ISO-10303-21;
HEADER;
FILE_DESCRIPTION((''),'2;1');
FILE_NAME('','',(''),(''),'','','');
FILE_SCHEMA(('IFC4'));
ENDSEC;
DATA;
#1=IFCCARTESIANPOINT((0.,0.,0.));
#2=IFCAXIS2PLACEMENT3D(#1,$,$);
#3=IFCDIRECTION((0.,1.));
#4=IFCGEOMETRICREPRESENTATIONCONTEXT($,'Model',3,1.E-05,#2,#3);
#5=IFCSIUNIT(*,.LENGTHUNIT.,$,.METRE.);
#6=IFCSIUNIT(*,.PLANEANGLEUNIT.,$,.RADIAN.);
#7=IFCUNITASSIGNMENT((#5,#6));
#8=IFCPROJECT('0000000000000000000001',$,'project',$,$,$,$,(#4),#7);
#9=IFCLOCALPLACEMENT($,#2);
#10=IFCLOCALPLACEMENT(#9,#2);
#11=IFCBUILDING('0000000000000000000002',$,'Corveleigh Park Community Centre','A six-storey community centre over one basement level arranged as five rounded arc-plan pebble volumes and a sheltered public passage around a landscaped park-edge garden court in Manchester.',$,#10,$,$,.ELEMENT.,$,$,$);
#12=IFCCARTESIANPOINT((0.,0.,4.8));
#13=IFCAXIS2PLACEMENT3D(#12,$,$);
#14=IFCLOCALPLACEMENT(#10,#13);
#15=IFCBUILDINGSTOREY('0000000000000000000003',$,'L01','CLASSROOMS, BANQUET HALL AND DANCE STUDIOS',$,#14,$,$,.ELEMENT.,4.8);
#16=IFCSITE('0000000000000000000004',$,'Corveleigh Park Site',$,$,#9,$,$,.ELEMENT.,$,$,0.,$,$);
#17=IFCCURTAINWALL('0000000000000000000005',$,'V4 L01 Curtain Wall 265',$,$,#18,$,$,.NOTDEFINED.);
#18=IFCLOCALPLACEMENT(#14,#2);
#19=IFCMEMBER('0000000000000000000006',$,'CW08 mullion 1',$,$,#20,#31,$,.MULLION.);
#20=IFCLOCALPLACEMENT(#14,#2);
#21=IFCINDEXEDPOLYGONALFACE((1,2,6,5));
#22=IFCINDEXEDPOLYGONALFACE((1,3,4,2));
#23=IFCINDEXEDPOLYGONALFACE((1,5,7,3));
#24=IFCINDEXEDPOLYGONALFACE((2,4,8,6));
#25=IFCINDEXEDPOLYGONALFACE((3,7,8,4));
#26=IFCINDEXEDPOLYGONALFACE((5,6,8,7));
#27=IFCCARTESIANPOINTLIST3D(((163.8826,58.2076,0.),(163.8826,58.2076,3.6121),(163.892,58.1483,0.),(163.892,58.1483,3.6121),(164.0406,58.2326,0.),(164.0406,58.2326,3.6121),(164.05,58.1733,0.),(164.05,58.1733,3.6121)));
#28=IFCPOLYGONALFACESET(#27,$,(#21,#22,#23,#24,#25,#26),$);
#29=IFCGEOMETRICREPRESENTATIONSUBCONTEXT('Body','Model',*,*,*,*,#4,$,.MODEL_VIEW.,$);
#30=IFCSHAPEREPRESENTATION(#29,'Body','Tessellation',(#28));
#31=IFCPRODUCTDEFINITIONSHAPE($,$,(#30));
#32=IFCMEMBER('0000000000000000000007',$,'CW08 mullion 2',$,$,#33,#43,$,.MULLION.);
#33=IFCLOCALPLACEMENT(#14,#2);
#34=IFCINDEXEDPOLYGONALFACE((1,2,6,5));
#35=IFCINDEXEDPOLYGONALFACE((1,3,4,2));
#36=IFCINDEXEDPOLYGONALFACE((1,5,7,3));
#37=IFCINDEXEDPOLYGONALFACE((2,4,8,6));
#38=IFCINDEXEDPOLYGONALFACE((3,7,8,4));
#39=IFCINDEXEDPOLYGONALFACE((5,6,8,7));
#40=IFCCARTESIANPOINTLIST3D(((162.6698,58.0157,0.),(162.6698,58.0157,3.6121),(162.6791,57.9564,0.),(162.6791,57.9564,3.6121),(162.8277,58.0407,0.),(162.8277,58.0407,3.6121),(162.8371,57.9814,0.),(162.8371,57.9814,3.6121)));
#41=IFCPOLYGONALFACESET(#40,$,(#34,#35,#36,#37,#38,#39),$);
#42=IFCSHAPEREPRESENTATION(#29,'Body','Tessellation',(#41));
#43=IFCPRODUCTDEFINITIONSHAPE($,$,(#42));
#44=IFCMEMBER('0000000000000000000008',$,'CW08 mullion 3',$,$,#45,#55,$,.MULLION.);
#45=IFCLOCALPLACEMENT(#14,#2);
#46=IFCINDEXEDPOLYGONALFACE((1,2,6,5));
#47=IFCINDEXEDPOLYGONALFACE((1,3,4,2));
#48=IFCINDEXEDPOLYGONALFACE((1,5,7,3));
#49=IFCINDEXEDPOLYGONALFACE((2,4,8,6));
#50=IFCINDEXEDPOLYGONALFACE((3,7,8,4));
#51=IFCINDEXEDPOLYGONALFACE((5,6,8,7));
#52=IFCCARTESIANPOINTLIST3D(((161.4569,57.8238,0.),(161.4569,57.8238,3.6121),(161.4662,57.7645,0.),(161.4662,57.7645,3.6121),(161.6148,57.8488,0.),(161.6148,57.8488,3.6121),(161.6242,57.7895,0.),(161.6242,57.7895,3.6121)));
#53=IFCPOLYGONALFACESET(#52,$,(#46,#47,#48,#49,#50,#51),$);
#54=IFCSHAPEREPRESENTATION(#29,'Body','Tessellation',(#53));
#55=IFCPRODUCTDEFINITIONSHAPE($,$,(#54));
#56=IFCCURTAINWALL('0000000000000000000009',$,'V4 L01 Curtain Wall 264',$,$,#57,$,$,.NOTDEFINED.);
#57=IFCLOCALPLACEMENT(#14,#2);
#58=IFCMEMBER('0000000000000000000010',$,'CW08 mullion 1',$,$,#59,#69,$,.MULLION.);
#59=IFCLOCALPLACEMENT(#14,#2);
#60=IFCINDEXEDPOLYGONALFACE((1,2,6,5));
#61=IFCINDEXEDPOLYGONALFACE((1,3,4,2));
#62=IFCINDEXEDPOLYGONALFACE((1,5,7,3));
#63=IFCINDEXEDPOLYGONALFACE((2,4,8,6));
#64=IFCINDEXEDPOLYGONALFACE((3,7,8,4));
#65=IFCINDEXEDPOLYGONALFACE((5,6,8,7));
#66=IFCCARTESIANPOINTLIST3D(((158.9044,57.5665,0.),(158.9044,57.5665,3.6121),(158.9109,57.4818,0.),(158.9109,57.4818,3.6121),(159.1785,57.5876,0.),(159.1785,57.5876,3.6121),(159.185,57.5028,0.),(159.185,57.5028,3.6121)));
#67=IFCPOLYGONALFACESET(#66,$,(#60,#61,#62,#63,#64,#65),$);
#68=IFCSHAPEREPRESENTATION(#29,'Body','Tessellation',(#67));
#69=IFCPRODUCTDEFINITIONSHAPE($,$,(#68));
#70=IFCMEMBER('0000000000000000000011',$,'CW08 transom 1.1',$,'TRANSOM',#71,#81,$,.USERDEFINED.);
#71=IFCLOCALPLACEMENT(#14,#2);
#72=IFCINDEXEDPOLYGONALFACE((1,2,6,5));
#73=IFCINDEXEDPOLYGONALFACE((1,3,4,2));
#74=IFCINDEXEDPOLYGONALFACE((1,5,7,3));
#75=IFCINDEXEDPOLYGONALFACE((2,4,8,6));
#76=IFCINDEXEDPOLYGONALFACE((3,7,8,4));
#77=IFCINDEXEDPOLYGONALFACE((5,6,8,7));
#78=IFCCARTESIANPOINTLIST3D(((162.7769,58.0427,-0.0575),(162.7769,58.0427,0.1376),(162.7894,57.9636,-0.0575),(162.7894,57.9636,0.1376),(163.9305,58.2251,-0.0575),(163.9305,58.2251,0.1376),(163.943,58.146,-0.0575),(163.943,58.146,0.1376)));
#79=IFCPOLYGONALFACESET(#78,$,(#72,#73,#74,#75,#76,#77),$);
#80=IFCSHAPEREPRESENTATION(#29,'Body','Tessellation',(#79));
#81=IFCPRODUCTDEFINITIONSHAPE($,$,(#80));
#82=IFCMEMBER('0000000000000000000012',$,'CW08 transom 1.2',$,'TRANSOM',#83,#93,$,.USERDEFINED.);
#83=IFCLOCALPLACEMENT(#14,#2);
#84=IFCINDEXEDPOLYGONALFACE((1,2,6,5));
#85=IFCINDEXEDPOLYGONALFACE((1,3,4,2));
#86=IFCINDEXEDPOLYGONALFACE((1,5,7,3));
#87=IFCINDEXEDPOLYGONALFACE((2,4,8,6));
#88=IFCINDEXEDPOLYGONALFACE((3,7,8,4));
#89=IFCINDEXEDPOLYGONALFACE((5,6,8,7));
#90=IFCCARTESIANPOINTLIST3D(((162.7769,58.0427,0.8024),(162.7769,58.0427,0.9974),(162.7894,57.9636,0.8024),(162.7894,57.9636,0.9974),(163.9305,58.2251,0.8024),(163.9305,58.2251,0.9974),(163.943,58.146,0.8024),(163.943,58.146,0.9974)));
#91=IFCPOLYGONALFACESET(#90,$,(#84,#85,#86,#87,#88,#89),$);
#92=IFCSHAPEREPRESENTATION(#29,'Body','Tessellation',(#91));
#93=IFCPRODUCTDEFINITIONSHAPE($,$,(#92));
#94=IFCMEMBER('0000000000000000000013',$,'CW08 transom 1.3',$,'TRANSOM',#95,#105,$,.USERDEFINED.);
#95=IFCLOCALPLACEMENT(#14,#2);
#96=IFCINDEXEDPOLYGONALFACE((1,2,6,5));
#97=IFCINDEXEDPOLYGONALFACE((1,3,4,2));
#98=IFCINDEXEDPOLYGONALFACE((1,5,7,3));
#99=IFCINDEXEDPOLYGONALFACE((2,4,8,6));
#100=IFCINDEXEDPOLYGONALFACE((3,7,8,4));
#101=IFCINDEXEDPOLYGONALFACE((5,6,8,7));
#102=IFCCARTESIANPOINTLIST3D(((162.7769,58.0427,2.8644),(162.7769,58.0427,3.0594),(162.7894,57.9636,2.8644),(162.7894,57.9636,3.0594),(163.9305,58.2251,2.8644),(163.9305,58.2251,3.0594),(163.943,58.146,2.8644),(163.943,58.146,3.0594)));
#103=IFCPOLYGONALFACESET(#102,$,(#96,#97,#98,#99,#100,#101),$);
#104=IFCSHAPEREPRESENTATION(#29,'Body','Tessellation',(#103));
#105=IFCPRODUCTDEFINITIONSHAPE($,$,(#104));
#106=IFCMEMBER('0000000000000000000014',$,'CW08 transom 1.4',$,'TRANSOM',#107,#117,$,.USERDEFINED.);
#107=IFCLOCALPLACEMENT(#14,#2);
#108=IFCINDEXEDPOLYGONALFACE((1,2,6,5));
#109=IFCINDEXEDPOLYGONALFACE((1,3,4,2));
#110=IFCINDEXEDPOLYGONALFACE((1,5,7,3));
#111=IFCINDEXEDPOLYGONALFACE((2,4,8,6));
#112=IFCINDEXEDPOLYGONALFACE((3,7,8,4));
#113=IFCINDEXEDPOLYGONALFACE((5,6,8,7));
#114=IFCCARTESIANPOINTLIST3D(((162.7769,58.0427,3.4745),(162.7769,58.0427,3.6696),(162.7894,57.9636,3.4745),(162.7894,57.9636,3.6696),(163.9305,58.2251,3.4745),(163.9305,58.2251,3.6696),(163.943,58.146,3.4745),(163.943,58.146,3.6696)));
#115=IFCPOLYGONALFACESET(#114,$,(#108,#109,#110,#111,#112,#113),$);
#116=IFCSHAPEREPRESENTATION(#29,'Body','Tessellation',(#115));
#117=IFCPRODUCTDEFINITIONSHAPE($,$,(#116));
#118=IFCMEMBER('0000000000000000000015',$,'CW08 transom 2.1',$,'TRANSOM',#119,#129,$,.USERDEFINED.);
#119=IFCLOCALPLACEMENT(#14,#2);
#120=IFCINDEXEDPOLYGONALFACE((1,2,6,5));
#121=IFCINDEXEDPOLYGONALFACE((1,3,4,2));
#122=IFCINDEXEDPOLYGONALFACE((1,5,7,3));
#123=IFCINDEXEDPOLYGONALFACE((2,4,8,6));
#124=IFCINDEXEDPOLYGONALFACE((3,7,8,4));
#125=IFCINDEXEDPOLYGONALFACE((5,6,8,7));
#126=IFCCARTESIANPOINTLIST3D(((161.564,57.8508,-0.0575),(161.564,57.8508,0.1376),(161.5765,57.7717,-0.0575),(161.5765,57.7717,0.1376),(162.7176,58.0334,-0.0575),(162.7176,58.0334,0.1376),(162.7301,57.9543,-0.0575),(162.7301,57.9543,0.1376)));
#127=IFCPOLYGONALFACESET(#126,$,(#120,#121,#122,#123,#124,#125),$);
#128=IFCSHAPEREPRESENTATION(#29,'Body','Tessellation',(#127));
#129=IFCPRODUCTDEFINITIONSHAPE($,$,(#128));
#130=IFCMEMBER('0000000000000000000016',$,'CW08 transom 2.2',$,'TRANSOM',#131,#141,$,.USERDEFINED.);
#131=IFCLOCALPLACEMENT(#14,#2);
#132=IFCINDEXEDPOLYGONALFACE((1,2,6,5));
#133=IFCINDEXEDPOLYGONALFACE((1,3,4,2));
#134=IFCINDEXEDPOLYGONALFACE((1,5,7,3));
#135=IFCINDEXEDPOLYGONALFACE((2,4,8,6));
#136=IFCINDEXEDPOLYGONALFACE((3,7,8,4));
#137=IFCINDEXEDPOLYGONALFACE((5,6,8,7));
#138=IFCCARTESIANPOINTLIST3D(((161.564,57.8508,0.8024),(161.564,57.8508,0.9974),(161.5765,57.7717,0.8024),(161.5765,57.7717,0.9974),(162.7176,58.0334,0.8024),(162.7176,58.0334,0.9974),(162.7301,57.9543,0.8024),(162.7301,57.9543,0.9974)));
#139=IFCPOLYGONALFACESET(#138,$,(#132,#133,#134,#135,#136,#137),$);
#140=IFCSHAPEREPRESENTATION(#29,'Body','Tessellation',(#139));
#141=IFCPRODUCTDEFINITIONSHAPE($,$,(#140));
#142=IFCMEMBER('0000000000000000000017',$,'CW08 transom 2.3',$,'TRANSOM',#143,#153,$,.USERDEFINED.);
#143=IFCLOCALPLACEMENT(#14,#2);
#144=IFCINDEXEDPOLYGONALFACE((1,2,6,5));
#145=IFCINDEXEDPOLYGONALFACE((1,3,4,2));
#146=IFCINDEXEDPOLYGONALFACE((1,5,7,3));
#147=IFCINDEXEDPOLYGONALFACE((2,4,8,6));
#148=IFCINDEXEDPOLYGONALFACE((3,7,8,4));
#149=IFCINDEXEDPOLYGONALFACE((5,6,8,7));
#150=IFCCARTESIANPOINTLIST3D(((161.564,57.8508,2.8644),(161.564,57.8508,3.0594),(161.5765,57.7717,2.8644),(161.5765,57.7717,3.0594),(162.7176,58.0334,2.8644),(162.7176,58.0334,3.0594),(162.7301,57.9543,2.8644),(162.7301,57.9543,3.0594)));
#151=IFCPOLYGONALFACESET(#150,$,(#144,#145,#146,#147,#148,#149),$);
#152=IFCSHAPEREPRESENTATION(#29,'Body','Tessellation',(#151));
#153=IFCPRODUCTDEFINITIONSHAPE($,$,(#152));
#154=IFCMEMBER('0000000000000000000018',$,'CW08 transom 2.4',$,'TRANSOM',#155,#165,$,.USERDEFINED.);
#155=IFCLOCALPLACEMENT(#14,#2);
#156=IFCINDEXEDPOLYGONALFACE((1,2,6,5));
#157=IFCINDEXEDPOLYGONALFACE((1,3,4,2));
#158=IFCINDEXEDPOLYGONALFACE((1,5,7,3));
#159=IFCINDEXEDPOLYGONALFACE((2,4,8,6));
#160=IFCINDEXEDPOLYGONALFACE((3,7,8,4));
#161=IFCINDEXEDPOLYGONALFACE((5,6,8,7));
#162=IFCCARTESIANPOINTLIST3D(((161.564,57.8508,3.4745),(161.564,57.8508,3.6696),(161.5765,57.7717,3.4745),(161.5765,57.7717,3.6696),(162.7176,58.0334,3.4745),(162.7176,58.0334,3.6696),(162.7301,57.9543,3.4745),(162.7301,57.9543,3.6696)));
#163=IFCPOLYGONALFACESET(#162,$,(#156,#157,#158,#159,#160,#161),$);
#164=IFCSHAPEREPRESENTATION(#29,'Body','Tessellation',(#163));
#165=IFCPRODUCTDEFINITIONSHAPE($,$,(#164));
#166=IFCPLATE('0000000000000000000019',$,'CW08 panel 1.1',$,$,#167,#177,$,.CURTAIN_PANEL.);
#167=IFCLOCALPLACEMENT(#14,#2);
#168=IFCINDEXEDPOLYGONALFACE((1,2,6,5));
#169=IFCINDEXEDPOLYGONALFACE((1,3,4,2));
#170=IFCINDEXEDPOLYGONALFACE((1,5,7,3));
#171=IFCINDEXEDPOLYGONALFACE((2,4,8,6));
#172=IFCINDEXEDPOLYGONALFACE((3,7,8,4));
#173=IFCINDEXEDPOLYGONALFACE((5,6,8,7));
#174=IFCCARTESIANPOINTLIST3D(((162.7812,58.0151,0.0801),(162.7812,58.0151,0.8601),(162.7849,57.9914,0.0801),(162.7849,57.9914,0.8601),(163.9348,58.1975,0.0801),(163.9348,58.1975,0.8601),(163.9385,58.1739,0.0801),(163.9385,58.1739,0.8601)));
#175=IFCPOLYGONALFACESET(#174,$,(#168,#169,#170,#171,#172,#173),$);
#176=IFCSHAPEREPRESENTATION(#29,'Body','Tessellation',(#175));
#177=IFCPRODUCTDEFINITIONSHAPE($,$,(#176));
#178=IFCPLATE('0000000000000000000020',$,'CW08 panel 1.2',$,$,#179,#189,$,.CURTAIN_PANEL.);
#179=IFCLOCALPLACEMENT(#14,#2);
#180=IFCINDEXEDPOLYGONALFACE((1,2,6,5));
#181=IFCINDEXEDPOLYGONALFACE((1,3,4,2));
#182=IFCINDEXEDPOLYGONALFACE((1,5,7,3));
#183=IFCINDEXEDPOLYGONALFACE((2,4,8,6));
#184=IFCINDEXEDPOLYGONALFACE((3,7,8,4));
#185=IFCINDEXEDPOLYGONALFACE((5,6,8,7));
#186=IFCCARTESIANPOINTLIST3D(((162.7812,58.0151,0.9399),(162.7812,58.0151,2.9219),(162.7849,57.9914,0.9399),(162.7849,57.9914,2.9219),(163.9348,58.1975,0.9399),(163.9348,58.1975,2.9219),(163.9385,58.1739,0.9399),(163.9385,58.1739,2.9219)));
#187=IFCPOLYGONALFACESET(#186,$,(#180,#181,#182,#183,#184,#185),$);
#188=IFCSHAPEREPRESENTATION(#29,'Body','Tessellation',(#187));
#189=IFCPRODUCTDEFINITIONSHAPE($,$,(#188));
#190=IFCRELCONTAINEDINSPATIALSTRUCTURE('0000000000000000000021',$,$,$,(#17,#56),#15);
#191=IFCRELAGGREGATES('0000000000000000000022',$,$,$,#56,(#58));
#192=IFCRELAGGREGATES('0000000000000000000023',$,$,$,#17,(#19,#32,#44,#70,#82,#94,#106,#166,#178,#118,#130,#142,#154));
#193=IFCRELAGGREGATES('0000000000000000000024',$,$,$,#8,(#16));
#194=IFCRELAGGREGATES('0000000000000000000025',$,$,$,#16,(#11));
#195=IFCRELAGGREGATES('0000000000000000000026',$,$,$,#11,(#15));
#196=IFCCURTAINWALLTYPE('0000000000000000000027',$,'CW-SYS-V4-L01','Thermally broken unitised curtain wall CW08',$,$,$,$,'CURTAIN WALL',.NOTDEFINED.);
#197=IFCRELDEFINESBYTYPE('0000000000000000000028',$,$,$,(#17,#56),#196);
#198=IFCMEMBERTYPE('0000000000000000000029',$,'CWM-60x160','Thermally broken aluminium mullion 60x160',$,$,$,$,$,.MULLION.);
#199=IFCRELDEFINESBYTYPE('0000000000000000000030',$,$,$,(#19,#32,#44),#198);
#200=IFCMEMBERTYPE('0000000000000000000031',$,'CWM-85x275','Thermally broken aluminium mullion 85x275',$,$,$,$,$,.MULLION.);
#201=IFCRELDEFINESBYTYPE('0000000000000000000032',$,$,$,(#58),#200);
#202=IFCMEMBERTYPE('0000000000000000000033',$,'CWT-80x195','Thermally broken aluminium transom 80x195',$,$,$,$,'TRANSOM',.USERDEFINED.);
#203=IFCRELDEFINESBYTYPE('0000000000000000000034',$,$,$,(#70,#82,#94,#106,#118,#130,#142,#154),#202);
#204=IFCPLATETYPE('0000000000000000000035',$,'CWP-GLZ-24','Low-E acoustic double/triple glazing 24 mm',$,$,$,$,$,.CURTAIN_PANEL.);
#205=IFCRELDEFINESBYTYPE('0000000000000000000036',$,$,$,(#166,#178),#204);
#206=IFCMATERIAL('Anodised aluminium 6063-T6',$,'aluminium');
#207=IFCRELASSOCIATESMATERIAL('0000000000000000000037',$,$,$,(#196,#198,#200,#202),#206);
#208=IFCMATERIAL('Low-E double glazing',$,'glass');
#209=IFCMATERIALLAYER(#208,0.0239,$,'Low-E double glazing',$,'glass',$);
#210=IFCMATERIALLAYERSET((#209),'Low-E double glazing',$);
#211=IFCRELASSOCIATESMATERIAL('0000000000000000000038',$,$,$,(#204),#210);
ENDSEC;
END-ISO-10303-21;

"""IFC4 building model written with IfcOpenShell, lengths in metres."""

from ifc_helpers import new_model, si_unit, direction, frame, origin, origin_2d, place, context, subcontext, project, spatial, rectangle, extrude, material, layer, layer_set, material_profile, profile_set, type_object, element, aggregate, save


model = new_model("IFC4")

# Units and contexts
model_context = context("Model", 3, precision=1e-05, world=origin(), true_north=direction((0.0, 1.0)))
body_context = subcontext(model_context, "Body", "Model", "MODEL_VIEW")
ifc_project = project(units=[si_unit("LENGTHUNIT", "METRE"), si_unit("PLANEANGLEUNIT", "RADIAN")], contexts=[model_context])

# Site, building, storey
site_placement = place(None, origin())
site = spatial("IfcSite", under=ifc_project, at=site_placement, Name="Corveleigh Park Site", CompositionType="ELEMENT", RefElevation=0.0)
building_placement = place(site_placement, origin())
building = spatial("IfcBuilding", under=site, at=building_placement, Name="Corveleigh Park Community Centre", Description="A six-storey community centre over one basement level arranged as five rounded arc-plan pebble volumes and a sheltered public passage around a landscaped park-edge garden court in Manchester.", CompositionType="ELEMENT")
storey_placement = place(building_placement, frame((0.0, 0.0, 4.8)))
storey = spatial("IfcBuildingStorey", under=building, at=storey_placement, Name="L01", Description="CLASSROOMS, BANQUET HALL AND DANCE STUDIOS", CompositionType="ELEMENT", Elevation=4.8)

# Curtain wall, members
ifc_material_1 = material(Name="Anodised aluminium 6063-T6", Category="aluminium")
curtain_wall_type = type_object("IfcCurtainWallType", Name="CW-SYS-V4-L01", Description="Thermally broken unitised curtain wall CW08", ElementType="CURTAIN WALL", PredefinedType="NOTDEFINED", material=ifc_material_1)
curtain_wall_1_placement = place(storey_placement, origin())
curtain_wall_1 = element("IfcCurtainWall", 1, at=curtain_wall_1_placement, inside=storey, type_object=curtain_wall_type, Name="V4 L01 Curtain Wall 265", PredefinedType="NOTDEFINED")
ifc_material_profile_1 = material_profile(ifc_material_1, rectangle(XDim=0.0601, YDim=0.1599, at=origin_2d()), Name="ALU-M60x160", Category="aluminium")
ifc_profile_set_1 = profile_set([ifc_material_profile_1], Name="Anodised aluminium 6063-T6")
member_type_1 = type_object("IfcMemberType", Name="CWM-60x160", Description="Thermally broken aluminium mullion 60x160", PredefinedType="MULLION", material=ifc_profile_set_1)
member_1_placement = place(storey_placement, frame((163.9663, 58.1904, 0.0), z_axis=(0.0, 0.0, 1.0), x_axis=(0.156207, -0.987724, 0.0)))
member_1 = element("IfcMember", 2, at=member_1_placement, type_object=member_type_1, Name="CW08 mullion 1", PredefinedType="MULLION", context=body_context, shape_type="SweptSolid", body=[
    extrude(rectangle(XDim=0.0601, YDim=0.1599, at=origin_2d()), origin(), (0.0, 0.0, 1.0), 3.6121),
])
member_2_placement = place(storey_placement, frame((162.7534, 57.9985, 0.0), z_axis=(0.0, 0.0, 1.0), x_axis=(0.156207, -0.987724, 0.0)))
member_2 = element("IfcMember", 3, at=member_2_placement, type_object=member_type_1, Name="CW08 mullion 2", PredefinedType="MULLION", context=body_context, shape_type="SweptSolid", body=[
    extrude(rectangle(XDim=0.0601, YDim=0.1599, at=origin_2d()), origin(), (0.0, 0.0, 1.0), 3.6121),
])
member_3_placement = place(storey_placement, frame((161.5405, 57.8066, 0.0), z_axis=(0.0, 0.0, 1.0), x_axis=(0.156207, -0.987724, 0.0)))
member_3 = element("IfcMember", 4, at=member_3_placement, type_object=member_type_1, Name="CW08 mullion 3", PredefinedType="MULLION", context=body_context, shape_type="SweptSolid", body=[
    extrude(rectangle(XDim=0.0601, YDim=0.1599, at=origin_2d()), origin(), (0.0, 0.0, 1.0), 3.6121),
])

# Curtain wall, member
curtain_wall_2_placement = place(storey_placement, origin())
curtain_wall_2 = element("IfcCurtainWall", 5, at=curtain_wall_2_placement, inside=storey, type_object=curtain_wall_type, Name="V4 L01 Curtain Wall 264", PredefinedType="NOTDEFINED")
ifc_material_profile_2 = material_profile(ifc_material_1, rectangle(XDim=0.085, YDim=0.2749, at=origin_2d()), Name="ALU-M85x275", Category="aluminium")
ifc_profile_set_2 = profile_set([ifc_material_profile_2], Name="Anodised aluminium 6063-T6")
member_type_2 = type_object("IfcMemberType", Name="CWM-85x275", Description="Thermally broken aluminium mullion 85x275", PredefinedType="MULLION", material=ifc_profile_set_2)
member_4_placement = place(storey_placement, frame((159.0447, 57.5347, 0.0), z_axis=(0.0, 0.0, 1.0), x_axis=(0.076633, -0.997059, 0.0)))
member_4 = element("IfcMember", 6, at=member_4_placement, type_object=member_type_2, Name="CW08 mullion 1", PredefinedType="MULLION", context=body_context, shape_type="SweptSolid", body=[
    extrude(rectangle(XDim=0.085, YDim=0.2749, at=origin_2d()), origin(), (0.0, 0.0, 1.0), 3.6121),
])
aggregate(curtain_wall_2, [member_4])

# Members
ifc_material_profile_3 = material_profile(ifc_material_1, rectangle(XDim=0.0801, YDim=0.1951, at=origin_2d()), Name="ALU-T80x195", Category="aluminium")
ifc_profile_set_3 = profile_set([ifc_material_profile_3], Name="Anodised aluminium 6063-T6")
member_type_3 = type_object("IfcMemberType", Name="CWT-80x195", Description="Thermally broken aluminium transom 80x195", ElementType="TRANSOM", PredefinedType="USERDEFINED", material=ifc_profile_set_3)
member_5_placement = place(storey_placement, frame((163.9368, 58.1855, 0.04), z_axis=(-0.987732, -0.156156, 0.0), x_axis=(0.156156, -0.987732, 0.0)))
member_5 = element("IfcMember", 7, at=member_5_placement, type_object=member_type_3, Name="CW08 transom 1.1", ObjectType="TRANSOM", PredefinedType="USERDEFINED", context=body_context, shape_type="SweptSolid", body=[
    extrude(rectangle(XDim=0.0801, YDim=0.1951, at=origin_2d()), origin(), (0.0, 0.0, 1.0), 1.168),
])
member_6_placement = place(storey_placement, frame((163.9368, 58.1855, 0.8999), z_axis=(-0.987732, -0.156156, 0.0), x_axis=(0.156156, -0.987732, 0.0)))
member_6 = element("IfcMember", 8, at=member_6_placement, type_object=member_type_3, Name="CW08 transom 1.2", ObjectType="TRANSOM", PredefinedType="USERDEFINED", context=body_context, shape_type="SweptSolid", body=[
    extrude(rectangle(XDim=0.0801, YDim=0.1951, at=origin_2d()), origin(), (0.0, 0.0, 1.0), 1.168),
])
member_7_placement = place(storey_placement, frame((163.9368, 58.1855, 2.9619), z_axis=(-0.987732, -0.156156, 0.0), x_axis=(0.156156, -0.987732, 0.0)))
member_7 = element("IfcMember", 9, at=member_7_placement, type_object=member_type_3, Name="CW08 transom 1.3", ObjectType="TRANSOM", PredefinedType="USERDEFINED", context=body_context, shape_type="SweptSolid", body=[
    extrude(rectangle(XDim=0.0801, YDim=0.1951, at=origin_2d()), origin(), (0.0, 0.0, 1.0), 1.168),
])
member_8_placement = place(storey_placement, frame((163.9368, 58.1855, 3.572), z_axis=(-0.987732, -0.156156, 0.0), x_axis=(0.156156, -0.987732, 0.0)))
member_8 = element("IfcMember", 10, at=member_8_placement, type_object=member_type_3, Name="CW08 transom 1.4", ObjectType="TRANSOM", PredefinedType="USERDEFINED", context=body_context, shape_type="SweptSolid", body=[
    extrude(rectangle(XDim=0.0801, YDim=0.1951, at=origin_2d()), origin(), (0.0, 0.0, 1.0), 1.168),
])
member_9_placement = place(storey_placement, frame((162.7239, 57.9939, 0.04), z_axis=(-0.9877, -0.15636, 0.0), x_axis=(0.15636, -0.9877, 0.0)))
member_9 = element("IfcMember", 11, at=member_9_placement, type_object=member_type_3, Name="CW08 transom 2.1", ObjectType="TRANSOM", PredefinedType="USERDEFINED", context=body_context, shape_type="SweptSolid", body=[
    extrude(rectangle(XDim=0.0801, YDim=0.1951, at=origin_2d()), origin(), (0.0, 0.0, 1.0), 1.168),
])
member_10_placement = place(storey_placement, frame((162.7239, 57.9939, 0.8999), z_axis=(-0.9877, -0.15636, 0.0), x_axis=(0.15636, -0.9877, 0.0)))
member_10 = element("IfcMember", 12, at=member_10_placement, type_object=member_type_3, Name="CW08 transom 2.2", ObjectType="TRANSOM", PredefinedType="USERDEFINED", context=body_context, shape_type="SweptSolid", body=[
    extrude(rectangle(XDim=0.0801, YDim=0.1951, at=origin_2d()), origin(), (0.0, 0.0, 1.0), 1.168),
])
member_11_placement = place(storey_placement, frame((162.7239, 57.9939, 2.9619), z_axis=(-0.9877, -0.15636, 0.0), x_axis=(0.15636, -0.9877, 0.0)))
member_11 = element("IfcMember", 13, at=member_11_placement, type_object=member_type_3, Name="CW08 transom 2.3", ObjectType="TRANSOM", PredefinedType="USERDEFINED", context=body_context, shape_type="SweptSolid", body=[
    extrude(rectangle(XDim=0.0801, YDim=0.1951, at=origin_2d()), origin(), (0.0, 0.0, 1.0), 1.168),
])
member_12_placement = place(storey_placement, frame((162.7239, 57.9939, 3.572), z_axis=(-0.9877, -0.15636, 0.0), x_axis=(0.15636, -0.9877, 0.0)))
member_12 = element("IfcMember", 14, at=member_12_placement, type_object=member_type_3, Name="CW08 transom 2.4", ObjectType="TRANSOM", PredefinedType="USERDEFINED", context=body_context, shape_type="SweptSolid", body=[
    extrude(rectangle(XDim=0.0801, YDim=0.1951, at=origin_2d()), origin(), (0.0, 0.0, 1.0), 1.168),
])

# Plates
ifc_material_2 = material(Name="Low-E double glazing", Category="glass")
ifc_layer_1 = layer(ifc_material_2, 0.0239, Name="Low-E double glazing", Category="glass")
ifc_layer_set_1 = layer_set([ifc_layer_1], Name="Low-E double glazing")
plate_type = type_object("IfcPlateType", Name="CWP-GLZ-24", Description="Low-E acoustic double/triple glazing 24 mm", PredefinedType="CURTAIN_PANEL", material=ifc_layer_set_1)
plate_1_placement = place(storey_placement, frame((163.3599, 58.0945, 0.0801), z_axis=(0.0, 0.0, 1.0), x_axis=(-0.987724, -0.156207, 0.0)))
plate_1 = element("IfcPlate", 15, at=plate_1_placement, type_object=plate_type, Name="CW08 panel 1.1", PredefinedType="CURTAIN_PANEL", context=body_context, shape_type="SweptSolid", body=[
    extrude(rectangle(XDim=1.168, YDim=0.0239, at=origin_2d()), origin(), (0.0, 0.0, 1.0), 0.78),
])
plate_2_placement = place(storey_placement, frame((163.3599, 58.0945, 0.9399), z_axis=(0.0, 0.0, 1.0), x_axis=(-0.987724, -0.156207, 0.0)))
plate_2 = element("IfcPlate", 16, at=plate_2_placement, type_object=plate_type, Name="CW08 panel 1.2", PredefinedType="CURTAIN_PANEL", context=body_context, shape_type="SweptSolid", body=[
    extrude(rectangle(XDim=1.168, YDim=0.0239, at=origin_2d()), origin(), (0.0, 0.0, 1.0), 1.9819),
])
aggregate(curtain_wall_1, [member_1, member_2, member_3, member_5, member_6, member_7, member_8, plate_1, plate_2, member_9, member_10, member_11, member_12])

save(model, "model.ifc")
